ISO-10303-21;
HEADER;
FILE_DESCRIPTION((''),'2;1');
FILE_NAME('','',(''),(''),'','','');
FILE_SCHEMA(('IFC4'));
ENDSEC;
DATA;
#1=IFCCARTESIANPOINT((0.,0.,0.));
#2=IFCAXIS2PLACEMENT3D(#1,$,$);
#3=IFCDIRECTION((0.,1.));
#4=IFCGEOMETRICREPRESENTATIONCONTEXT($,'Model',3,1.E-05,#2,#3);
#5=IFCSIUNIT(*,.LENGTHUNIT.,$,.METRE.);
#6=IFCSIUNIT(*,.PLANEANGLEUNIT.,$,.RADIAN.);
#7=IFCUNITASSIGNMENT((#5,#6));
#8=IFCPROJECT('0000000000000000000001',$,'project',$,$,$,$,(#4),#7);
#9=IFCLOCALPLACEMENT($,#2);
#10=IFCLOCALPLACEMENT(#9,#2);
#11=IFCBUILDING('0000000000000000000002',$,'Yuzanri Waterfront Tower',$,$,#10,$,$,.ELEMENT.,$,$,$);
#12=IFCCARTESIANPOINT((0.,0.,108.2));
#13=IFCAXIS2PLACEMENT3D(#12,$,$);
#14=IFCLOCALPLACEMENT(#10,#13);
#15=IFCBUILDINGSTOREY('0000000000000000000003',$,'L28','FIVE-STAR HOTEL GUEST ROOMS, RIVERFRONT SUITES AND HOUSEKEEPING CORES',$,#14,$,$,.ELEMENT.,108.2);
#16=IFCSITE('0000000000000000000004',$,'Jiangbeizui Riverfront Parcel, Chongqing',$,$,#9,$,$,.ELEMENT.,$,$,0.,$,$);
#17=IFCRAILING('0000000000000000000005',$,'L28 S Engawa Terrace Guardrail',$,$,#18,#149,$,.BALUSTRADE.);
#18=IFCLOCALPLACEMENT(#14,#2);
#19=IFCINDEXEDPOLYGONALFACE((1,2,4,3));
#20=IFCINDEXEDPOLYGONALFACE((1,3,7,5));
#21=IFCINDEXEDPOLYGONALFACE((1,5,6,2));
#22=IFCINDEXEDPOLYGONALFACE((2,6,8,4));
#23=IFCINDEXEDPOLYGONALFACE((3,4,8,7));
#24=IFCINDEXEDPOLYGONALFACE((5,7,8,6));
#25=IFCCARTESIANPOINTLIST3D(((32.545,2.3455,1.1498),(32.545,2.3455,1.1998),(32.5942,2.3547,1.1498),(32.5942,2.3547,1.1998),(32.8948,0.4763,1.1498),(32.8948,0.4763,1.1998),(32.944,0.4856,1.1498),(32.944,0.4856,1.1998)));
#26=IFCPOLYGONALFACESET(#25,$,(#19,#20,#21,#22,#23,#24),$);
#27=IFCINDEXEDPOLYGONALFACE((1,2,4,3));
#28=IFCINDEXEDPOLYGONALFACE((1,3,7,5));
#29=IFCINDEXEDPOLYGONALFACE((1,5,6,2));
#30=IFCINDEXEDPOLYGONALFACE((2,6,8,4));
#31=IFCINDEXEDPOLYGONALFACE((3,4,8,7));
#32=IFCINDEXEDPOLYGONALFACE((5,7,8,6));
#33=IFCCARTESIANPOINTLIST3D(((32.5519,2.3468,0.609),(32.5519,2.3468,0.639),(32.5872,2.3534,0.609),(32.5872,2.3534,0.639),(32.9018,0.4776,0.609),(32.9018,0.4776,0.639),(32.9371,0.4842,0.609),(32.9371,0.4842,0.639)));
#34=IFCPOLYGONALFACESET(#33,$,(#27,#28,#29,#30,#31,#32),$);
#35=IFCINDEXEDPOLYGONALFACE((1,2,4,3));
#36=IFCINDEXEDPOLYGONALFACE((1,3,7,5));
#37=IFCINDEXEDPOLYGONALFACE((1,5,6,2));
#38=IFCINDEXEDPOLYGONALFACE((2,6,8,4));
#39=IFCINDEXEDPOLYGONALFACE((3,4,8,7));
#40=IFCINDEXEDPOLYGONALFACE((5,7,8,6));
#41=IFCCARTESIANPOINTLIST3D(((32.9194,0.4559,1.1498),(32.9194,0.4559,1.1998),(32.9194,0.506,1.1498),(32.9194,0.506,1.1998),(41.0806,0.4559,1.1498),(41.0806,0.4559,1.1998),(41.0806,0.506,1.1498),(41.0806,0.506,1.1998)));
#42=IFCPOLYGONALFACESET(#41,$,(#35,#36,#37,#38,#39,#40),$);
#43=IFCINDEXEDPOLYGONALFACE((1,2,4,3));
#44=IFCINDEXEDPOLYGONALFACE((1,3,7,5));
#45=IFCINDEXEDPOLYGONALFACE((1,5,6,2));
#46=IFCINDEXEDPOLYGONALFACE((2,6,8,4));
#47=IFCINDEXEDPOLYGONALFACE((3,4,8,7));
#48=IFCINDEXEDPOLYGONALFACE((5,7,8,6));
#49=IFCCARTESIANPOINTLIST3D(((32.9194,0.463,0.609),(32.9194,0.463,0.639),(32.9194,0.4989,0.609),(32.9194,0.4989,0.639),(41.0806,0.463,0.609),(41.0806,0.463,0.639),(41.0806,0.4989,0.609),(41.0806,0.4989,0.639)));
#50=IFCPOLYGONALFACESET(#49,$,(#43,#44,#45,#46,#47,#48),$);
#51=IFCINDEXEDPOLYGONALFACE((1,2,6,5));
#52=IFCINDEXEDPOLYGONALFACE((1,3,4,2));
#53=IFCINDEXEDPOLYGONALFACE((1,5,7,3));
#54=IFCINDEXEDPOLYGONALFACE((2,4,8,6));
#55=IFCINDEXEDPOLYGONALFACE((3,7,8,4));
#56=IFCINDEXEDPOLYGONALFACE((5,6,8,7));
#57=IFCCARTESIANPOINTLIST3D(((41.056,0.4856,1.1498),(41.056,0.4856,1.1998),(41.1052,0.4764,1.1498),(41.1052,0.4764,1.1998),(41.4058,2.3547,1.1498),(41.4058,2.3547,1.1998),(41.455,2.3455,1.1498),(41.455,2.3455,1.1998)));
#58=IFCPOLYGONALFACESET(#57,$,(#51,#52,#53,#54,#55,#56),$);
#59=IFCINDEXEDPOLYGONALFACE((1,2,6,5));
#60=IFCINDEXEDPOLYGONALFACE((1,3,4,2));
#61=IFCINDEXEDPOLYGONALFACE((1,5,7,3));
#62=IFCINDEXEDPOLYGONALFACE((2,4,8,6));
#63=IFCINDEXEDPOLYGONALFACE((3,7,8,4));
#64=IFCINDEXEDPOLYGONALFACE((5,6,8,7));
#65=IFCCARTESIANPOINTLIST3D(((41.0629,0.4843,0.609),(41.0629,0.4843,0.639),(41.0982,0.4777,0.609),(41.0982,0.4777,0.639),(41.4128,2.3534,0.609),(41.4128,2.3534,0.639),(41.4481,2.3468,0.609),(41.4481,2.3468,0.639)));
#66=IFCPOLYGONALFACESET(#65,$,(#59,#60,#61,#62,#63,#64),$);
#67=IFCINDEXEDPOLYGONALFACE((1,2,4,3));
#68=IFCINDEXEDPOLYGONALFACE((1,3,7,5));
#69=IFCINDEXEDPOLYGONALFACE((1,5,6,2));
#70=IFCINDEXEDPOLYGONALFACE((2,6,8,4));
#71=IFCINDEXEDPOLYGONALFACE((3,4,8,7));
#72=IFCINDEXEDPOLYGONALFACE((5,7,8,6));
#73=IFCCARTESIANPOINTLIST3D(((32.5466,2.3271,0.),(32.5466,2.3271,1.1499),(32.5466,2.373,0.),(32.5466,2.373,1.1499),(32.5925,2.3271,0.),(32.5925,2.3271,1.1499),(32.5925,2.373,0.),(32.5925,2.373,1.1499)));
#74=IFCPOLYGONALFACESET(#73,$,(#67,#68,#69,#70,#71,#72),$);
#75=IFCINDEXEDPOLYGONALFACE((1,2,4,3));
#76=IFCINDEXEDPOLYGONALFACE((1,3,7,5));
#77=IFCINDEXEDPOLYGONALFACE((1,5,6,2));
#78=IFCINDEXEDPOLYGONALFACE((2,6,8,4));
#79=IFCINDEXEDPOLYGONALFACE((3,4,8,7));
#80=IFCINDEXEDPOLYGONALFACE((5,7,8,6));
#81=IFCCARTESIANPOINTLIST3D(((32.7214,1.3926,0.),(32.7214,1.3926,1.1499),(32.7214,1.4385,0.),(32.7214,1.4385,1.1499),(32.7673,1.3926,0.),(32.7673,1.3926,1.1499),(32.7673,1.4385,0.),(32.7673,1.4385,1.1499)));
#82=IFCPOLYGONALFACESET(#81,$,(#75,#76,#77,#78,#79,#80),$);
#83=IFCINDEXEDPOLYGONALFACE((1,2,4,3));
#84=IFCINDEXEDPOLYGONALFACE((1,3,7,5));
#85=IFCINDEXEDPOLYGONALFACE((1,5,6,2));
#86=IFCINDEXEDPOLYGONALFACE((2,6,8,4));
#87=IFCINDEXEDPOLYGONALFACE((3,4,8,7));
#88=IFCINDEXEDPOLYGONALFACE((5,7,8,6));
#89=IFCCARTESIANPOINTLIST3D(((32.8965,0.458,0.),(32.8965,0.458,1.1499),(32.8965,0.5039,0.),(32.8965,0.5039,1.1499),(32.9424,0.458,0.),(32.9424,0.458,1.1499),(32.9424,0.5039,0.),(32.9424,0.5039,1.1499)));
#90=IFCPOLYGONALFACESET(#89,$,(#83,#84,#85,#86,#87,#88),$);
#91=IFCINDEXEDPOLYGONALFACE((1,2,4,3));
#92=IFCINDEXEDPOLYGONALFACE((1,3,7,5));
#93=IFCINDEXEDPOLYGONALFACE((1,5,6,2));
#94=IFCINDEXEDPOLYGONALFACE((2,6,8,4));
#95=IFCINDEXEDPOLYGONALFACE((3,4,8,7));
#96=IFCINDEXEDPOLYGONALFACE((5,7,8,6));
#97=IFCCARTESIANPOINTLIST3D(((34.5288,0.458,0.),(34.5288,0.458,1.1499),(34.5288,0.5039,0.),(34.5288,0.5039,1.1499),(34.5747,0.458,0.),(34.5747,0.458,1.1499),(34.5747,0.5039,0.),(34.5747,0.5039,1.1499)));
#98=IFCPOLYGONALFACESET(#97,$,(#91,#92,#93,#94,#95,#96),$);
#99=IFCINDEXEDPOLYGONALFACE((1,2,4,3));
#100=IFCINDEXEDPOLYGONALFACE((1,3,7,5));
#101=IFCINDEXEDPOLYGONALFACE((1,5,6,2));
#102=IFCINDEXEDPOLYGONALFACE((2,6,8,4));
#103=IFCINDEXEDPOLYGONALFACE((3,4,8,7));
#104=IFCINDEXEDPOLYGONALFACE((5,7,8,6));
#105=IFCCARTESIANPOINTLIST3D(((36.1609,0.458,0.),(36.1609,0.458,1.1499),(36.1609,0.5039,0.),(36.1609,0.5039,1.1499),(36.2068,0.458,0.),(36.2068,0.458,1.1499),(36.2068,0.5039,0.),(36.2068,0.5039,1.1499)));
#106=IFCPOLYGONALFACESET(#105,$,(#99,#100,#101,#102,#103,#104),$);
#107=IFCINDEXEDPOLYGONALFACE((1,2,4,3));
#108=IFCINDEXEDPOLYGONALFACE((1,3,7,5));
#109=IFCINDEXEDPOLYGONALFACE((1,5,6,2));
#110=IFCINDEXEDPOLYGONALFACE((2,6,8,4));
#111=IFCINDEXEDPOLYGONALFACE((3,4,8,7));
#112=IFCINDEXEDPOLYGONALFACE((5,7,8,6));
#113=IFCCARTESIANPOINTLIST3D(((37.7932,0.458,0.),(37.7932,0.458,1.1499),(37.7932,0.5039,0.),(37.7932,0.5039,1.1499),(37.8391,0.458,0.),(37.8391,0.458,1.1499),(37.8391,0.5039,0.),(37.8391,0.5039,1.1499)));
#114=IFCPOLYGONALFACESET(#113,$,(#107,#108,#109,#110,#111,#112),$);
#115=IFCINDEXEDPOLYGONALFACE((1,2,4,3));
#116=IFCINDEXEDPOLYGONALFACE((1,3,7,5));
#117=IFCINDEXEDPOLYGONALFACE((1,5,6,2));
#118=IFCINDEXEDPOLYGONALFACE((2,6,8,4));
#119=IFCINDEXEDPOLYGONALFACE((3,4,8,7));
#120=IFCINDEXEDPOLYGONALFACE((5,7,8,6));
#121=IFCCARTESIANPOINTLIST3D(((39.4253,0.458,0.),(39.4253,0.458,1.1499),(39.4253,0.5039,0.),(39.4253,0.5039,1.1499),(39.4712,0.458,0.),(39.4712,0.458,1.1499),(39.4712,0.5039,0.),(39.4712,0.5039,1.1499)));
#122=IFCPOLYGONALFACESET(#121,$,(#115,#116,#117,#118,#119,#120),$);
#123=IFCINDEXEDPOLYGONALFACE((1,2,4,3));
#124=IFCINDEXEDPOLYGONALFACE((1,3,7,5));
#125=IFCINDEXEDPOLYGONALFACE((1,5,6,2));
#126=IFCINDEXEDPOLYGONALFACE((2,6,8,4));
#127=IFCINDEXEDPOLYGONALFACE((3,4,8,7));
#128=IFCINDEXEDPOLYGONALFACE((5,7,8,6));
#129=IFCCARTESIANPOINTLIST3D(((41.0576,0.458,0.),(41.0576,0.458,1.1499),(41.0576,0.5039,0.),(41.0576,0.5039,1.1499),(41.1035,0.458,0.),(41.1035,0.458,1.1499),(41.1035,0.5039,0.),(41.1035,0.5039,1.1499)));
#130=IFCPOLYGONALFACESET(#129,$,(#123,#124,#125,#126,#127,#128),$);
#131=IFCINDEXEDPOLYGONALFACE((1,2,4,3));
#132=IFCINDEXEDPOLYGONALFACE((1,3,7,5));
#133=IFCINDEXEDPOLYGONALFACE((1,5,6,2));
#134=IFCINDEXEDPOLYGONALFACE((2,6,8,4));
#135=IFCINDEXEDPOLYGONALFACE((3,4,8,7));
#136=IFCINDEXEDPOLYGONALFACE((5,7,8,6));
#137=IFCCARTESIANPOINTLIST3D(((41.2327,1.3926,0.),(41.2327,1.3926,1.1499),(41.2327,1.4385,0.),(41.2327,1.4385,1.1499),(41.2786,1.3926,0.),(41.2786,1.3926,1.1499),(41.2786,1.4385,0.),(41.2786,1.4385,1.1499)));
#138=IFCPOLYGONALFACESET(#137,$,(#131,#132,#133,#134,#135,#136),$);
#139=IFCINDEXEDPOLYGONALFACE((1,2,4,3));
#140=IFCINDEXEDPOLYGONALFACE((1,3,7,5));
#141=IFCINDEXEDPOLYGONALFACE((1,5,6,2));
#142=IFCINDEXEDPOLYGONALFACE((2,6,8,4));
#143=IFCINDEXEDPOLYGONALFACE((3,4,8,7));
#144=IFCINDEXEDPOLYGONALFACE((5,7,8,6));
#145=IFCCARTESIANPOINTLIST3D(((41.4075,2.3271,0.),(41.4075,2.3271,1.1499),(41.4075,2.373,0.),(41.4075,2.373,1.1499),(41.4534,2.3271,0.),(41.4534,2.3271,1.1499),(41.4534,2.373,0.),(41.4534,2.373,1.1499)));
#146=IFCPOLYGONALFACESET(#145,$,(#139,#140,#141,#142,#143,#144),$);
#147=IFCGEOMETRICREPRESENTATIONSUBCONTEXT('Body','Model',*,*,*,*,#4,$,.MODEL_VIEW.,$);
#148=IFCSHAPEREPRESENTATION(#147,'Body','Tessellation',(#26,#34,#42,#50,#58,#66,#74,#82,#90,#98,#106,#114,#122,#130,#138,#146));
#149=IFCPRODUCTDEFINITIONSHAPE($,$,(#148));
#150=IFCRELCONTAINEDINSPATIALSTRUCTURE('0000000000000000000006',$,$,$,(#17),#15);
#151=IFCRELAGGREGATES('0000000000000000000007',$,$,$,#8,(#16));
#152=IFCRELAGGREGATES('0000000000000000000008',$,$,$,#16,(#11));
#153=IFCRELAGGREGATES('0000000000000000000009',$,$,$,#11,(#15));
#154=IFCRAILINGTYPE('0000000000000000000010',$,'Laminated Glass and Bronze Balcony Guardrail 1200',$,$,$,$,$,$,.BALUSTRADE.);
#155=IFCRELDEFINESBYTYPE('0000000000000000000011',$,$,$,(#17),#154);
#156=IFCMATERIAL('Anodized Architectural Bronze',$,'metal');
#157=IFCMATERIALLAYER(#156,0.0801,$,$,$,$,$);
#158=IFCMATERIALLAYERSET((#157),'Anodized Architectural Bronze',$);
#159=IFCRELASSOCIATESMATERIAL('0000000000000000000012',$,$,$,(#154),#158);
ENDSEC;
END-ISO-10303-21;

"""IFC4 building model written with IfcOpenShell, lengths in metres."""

from ifc_helpers import new_model, si_unit, direction, frame, origin, origin_2d, place, context, subcontext, project, spatial, rectangle, extrude, source, transform, mapped, material, layer, layer_set, type_object, element, save


model = new_model("IFC4")

# Units and contexts
model_context = context("Model", 3, precision=1e-05, world=origin(), true_north=direction((0.0, 1.0)))
body_context = subcontext(model_context, "Body", "Model", "MODEL_VIEW")
ifc_project = project(units=[si_unit("LENGTHUNIT", "METRE"), si_unit("PLANEANGLEUNIT", "RADIAN")], contexts=[model_context])

# Site, building, storey
site_placement = place(None, origin())
site = spatial("IfcSite", under=ifc_project, at=site_placement, Name="Jiangbeizui Riverfront Parcel, Chongqing", CompositionType="ELEMENT", RefElevation=0.0)
building_placement = place(site_placement, origin())
building = spatial("IfcBuilding", under=site, at=building_placement, Name="Yuzanri Waterfront Tower", CompositionType="ELEMENT")
storey_placement = place(building_placement, frame((0.0, 0.0, 108.2)))
storey = spatial("IfcBuildingStorey", under=building, at=storey_placement, Name="L28", Description="FIVE-STAR HOTEL GUEST ROOMS, RIVERFRONT SUITES AND HOUSEKEEPING CORES", CompositionType="ELEMENT", Elevation=108.2)

# Railing
ifc_material_1 = material(Name="Anodized Architectural Bronze", Category="metal")
ifc_layer_1 = layer(ifc_material_1, 0.0801)
ifc_layer_set_1 = layer_set([ifc_layer_1], Name="Anodized Architectural Bronze")
railing_type = type_object("IfcRailingType", Name="Laminated Glass and Bronze Balcony Guardrail 1200", PredefinedType="BALUSTRADE", material=ifc_layer_set_1)
shared_shape_1 = source(origin(), body_context, "Body", "SweptSolid", [
    extrude(rectangle(XDim=0.05, YDim=0.05, at=origin_2d()), frame((0.0, 0.0, 1.1748), z_axis=(0.183978, -0.98293, 0.0), x_axis=(0.98293, 0.183978, 0.0)), (0.0, 0.0, 1.0), 1.9016),
    extrude(rectangle(XDim=0.0359, YDim=0.03, at=origin_2d()), frame((0.0, 0.0, 0.624), z_axis=(0.183978, -0.98293, 0.0), x_axis=(0.98293, 0.183978, 0.0)), (0.0, 0.0, 1.0), 1.9016),
    extrude(rectangle(XDim=0.05, YDim=0.05, at=origin_2d()), frame((0.3499, -1.8691, 1.1748), z_axis=(1.0, 0.0, 0.0), x_axis=(0.0, 1.0, 0.0)), (0.0, 0.0, 1.0), 8.1611),
    extrude(rectangle(XDim=0.0359, YDim=0.03, at=origin_2d()), frame((0.3499, -1.8691, 0.624), z_axis=(1.0, 0.0, 0.0), x_axis=(0.0, 1.0, 0.0)), (0.0, 0.0, 1.0), 8.1611),
    extrude(rectangle(XDim=0.05, YDim=0.05, at=origin_2d()), frame((8.511, -1.8691, 1.1748), z_axis=(0.183978, 0.98293, 0.0), x_axis=(-0.98293, 0.183978, 0.0)), (0.0, 0.0, 1.0), 1.9016),
    extrude(rectangle(XDim=0.0359, YDim=0.03, at=origin_2d()), frame((8.511, -1.8691, 0.624), z_axis=(0.183978, 0.98293, 0.0), x_axis=(-0.98293, 0.183978, 0.0)), (0.0, 0.0, 1.0), 1.9016),
    extrude(rectangle(XDim=0.0459, YDim=0.0459, at=origin_2d()), origin(), (0.0, 0.0, 1.0), 1.1499),
    extrude(rectangle(XDim=0.0459, YDim=0.0459, at=origin_2d()), frame((0.1748, -0.9346, 0.0)), (0.0, 0.0, 1.0), 1.1499),
    extrude(rectangle(XDim=0.0459, YDim=0.0459, at=origin_2d()), frame((0.3499, -1.8691, 0.0)), (0.0, 0.0, 1.0), 1.1499),
    extrude(rectangle(XDim=0.0459, YDim=0.0459, at=origin_2d()), frame((1.9822, -1.8691, 0.0)), (0.0, 0.0, 1.0), 1.1499),
    extrude(rectangle(XDim=0.0459, YDim=0.0459, at=origin_2d()), frame((3.6143, -1.8691, 0.0)), (0.0, 0.0, 1.0), 1.1499),
    extrude(rectangle(XDim=0.0459, YDim=0.0459, at=origin_2d()), frame((5.2466, -1.8691, 0.0)), (0.0, 0.0, 1.0), 1.1499),
    extrude(rectangle(XDim=0.0459, YDim=0.0459, at=origin_2d()), frame((6.8787, -1.8691, 0.0)), (0.0, 0.0, 1.0), 1.1499),
    extrude(rectangle(XDim=0.0459, YDim=0.0459, at=origin_2d()), frame((8.511, -1.8691, 0.0)), (0.0, 0.0, 1.0), 1.1499),
    extrude(rectangle(XDim=0.0459, YDim=0.0459, at=origin_2d()), frame((8.686, -0.9346, 0.0)), (0.0, 0.0, 1.0), 1.1499),
    extrude(rectangle(XDim=0.0459, YDim=0.0459, at=origin_2d()), frame((8.8608, 0.0, 0.0)), (0.0, 0.0, 1.0), 1.1499),
])
railing_placement = place(storey_placement, frame((32.5696, 2.3501, 0.0)))
element("IfcRailing", 1, at=railing_placement, inside=storey, type_object=railing_type, Name="L28 S Engawa Terrace Guardrail", PredefinedType="BALUSTRADE", context=body_context, shape_type="MappedRepresentation", body=[
    mapped(shared_shape_1, transform((0.0, 0.0, 0.0), scale=1.0)),
])

save(model, "model.ifc")
